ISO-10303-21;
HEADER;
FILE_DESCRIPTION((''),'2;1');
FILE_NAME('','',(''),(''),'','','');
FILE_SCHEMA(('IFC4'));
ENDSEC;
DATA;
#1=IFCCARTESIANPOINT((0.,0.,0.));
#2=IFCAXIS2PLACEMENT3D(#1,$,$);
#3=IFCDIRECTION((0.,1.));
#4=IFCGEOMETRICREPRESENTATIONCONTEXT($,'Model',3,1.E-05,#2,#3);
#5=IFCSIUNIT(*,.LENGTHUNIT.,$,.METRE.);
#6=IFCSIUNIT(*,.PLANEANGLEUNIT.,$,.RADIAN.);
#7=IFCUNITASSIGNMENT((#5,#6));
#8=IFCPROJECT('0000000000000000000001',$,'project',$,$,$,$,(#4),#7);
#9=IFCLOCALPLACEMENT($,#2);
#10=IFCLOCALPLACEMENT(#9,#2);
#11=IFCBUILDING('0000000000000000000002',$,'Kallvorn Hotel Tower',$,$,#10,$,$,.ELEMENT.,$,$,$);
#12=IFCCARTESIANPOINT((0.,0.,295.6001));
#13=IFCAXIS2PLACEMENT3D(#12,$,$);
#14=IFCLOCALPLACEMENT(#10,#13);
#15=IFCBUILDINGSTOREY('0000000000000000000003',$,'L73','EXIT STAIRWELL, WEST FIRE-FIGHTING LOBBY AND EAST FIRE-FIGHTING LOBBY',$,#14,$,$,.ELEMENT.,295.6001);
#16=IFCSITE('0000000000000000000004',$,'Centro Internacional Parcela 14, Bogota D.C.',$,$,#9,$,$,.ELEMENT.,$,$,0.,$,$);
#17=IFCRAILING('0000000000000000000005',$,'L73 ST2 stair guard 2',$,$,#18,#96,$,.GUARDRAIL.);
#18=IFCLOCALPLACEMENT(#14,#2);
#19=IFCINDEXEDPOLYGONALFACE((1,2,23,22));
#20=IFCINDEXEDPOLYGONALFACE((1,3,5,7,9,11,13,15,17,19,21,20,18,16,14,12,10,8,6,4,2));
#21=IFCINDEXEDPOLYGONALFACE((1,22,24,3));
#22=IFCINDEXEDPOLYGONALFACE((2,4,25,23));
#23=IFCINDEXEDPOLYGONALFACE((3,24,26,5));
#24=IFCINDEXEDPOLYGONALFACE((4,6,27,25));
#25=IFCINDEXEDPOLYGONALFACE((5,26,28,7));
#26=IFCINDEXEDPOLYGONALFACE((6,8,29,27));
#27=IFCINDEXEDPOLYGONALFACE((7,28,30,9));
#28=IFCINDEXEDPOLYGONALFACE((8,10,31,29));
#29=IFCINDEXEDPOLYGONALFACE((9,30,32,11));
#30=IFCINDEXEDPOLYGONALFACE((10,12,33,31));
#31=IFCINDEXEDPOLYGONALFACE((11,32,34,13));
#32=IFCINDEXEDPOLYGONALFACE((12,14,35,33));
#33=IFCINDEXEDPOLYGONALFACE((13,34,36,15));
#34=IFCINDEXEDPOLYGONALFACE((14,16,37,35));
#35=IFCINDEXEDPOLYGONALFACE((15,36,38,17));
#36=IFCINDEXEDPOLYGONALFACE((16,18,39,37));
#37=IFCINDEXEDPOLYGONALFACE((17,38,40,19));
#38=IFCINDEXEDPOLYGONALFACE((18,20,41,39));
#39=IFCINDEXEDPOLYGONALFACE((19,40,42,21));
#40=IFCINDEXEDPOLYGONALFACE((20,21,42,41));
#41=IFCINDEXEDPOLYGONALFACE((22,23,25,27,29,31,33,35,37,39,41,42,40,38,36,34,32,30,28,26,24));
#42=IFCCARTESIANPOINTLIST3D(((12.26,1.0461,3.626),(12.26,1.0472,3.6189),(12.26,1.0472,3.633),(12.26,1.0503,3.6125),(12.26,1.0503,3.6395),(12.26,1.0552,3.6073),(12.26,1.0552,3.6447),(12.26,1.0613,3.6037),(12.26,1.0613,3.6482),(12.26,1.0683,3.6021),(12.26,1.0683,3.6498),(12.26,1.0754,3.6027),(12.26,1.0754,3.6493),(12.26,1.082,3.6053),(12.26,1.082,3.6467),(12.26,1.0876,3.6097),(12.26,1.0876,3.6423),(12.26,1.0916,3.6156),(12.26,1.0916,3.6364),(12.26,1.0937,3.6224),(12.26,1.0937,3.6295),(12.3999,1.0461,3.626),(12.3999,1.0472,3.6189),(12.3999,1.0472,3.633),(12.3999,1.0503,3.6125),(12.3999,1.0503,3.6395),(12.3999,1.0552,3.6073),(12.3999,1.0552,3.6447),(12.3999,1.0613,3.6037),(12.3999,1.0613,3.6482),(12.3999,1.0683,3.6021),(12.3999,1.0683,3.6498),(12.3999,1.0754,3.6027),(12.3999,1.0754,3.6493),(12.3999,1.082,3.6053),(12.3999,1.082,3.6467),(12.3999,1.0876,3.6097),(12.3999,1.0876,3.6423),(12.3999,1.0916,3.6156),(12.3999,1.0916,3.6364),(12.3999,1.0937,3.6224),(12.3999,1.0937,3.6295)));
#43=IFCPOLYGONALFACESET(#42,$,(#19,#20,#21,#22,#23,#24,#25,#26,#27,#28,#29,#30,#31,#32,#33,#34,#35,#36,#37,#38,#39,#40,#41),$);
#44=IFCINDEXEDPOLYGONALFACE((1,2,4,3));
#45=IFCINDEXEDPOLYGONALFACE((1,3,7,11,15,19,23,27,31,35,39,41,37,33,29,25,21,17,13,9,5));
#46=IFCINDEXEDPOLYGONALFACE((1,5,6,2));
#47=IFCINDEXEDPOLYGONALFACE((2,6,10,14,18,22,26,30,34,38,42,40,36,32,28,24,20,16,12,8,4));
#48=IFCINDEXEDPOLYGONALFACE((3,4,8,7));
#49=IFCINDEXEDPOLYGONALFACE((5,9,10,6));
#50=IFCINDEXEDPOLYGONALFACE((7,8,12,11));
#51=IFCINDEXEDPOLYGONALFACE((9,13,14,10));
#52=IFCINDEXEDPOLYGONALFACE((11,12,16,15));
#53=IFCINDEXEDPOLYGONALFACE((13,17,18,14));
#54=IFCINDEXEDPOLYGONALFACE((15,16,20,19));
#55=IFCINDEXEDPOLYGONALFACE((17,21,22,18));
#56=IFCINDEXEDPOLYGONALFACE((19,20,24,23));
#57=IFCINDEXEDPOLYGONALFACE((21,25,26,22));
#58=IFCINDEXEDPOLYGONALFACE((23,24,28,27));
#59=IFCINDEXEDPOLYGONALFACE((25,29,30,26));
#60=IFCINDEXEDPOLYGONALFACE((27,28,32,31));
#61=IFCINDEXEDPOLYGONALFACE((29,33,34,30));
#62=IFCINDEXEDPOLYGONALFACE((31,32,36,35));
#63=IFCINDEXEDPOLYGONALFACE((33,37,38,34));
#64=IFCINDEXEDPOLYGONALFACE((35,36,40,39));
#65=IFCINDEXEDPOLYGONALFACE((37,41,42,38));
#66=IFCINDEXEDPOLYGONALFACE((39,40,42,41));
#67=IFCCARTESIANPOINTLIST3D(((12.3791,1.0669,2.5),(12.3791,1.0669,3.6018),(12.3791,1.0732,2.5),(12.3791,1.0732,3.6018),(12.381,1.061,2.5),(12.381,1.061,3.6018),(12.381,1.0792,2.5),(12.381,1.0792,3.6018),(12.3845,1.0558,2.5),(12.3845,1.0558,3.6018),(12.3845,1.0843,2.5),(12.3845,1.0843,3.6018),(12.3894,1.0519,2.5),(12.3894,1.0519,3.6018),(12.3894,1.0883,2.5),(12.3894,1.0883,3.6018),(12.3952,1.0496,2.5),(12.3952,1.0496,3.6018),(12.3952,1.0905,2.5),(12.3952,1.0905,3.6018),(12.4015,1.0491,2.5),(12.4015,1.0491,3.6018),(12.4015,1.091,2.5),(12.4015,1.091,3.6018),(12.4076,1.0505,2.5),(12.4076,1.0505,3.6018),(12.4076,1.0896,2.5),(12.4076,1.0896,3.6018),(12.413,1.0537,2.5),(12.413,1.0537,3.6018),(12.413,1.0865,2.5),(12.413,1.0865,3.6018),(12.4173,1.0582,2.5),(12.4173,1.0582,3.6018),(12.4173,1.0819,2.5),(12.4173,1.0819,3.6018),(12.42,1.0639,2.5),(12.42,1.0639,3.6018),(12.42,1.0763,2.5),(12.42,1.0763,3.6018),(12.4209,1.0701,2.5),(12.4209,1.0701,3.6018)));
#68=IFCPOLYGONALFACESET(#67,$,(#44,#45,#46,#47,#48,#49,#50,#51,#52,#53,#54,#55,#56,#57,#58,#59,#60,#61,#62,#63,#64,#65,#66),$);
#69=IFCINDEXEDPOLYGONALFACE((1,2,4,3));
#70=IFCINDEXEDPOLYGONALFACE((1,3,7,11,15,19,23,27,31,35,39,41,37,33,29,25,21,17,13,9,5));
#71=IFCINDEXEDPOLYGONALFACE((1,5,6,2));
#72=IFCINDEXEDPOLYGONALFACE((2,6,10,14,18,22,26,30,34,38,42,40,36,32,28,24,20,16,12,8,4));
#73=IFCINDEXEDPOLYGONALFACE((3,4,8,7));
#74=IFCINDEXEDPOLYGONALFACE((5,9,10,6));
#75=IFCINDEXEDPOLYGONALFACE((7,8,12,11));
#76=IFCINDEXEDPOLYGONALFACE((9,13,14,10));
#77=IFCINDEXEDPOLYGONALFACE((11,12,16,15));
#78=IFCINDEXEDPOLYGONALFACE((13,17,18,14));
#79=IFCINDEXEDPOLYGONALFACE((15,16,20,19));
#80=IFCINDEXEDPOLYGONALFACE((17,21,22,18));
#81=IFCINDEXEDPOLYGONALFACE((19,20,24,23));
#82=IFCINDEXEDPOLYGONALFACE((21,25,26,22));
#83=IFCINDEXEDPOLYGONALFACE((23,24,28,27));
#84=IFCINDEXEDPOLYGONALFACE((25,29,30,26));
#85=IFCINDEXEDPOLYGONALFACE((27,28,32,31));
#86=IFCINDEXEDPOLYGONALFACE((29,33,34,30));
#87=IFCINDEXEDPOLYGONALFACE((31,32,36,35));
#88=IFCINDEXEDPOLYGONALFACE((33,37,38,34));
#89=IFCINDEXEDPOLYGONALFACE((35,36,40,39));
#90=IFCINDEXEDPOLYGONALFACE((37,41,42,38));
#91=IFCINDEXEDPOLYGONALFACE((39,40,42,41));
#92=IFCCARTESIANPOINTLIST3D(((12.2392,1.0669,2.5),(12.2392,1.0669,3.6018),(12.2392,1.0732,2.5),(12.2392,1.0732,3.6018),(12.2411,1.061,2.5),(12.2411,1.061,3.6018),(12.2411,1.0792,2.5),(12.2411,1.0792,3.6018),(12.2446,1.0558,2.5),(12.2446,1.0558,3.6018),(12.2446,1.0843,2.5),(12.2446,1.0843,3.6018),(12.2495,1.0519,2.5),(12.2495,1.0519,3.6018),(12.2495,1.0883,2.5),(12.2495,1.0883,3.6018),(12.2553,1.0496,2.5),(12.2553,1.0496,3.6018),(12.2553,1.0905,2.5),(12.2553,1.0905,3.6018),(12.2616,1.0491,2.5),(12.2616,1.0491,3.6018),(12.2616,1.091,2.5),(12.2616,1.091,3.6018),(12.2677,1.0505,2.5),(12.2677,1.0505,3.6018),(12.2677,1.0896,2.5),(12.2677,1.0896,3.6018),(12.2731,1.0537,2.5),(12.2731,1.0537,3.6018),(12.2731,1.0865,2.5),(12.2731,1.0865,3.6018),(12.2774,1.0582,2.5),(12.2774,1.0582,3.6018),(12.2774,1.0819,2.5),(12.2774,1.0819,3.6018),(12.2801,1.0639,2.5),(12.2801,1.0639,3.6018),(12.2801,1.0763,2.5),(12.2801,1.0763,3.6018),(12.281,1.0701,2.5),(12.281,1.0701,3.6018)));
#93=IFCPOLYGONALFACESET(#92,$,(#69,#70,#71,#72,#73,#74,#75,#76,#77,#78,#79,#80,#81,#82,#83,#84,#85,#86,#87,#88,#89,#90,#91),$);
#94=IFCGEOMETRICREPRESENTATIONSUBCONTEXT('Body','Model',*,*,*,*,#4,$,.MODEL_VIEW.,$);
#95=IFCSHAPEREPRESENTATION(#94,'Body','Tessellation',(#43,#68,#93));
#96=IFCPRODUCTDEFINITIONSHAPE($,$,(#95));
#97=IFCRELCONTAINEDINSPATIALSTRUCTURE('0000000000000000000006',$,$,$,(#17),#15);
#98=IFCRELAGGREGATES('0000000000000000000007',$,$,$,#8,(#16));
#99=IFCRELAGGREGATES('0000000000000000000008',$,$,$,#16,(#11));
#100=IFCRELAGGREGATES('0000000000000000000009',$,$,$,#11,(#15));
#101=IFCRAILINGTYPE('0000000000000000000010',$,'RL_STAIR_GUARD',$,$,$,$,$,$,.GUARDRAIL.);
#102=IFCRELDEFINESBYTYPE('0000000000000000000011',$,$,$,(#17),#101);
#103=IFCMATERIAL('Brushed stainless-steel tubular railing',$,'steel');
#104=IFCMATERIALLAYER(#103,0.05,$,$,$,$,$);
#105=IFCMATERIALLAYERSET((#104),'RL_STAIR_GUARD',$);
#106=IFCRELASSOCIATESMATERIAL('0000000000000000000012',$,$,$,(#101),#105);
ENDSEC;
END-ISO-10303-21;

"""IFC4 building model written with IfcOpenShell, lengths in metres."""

from ifc_helpers import new_model, si_unit, direction, frame, origin, origin_2d, place, context, subcontext, project, spatial, circle, extrude, material, layer, layer_set, type_object, element, save


model = new_model("IFC4")

# Units and contexts
model_context = context("Model", 3, precision=1e-05, world=origin(), true_north=direction((0.0, 1.0)))
body_context = subcontext(model_context, "Body", "Model", "MODEL_VIEW")
ifc_project = project(units=[si_unit("LENGTHUNIT", "METRE"), si_unit("PLANEANGLEUNIT", "RADIAN")], contexts=[model_context])

# Site, building, storey
site_placement = place(None, origin())
site = spatial("IfcSite", under=ifc_project, at=site_placement, Name="Centro Internacional Parcela 14, Bogota D.C.", CompositionType="ELEMENT", RefElevation=0.0)
building_placement = place(site_placement, origin())
building = spatial("IfcBuilding", under=site, at=building_placement, Name="Kallvorn Hotel Tower", CompositionType="ELEMENT")
storey_placement = place(building_placement, frame((0.0, 0.0, 295.6001)))
storey = spatial("IfcBuildingStorey", under=building, at=storey_placement, Name="L73", Description="EXIT STAIRWELL, WEST FIRE-FIGHTING LOBBY AND EAST FIRE-FIGHTING LOBBY", CompositionType="ELEMENT", Elevation=295.6001)

# Railing
ifc_material_1 = material(Name="Brushed stainless-steel tubular railing", Category="steel")
ifc_layer_1 = layer(ifc_material_1, 0.05)
ifc_layer_set_1 = layer_set([ifc_layer_1], Name="RL_STAIR_GUARD")
railing_type_1 = type_object("IfcRailingType", Name="RL_STAIR_GUARD", PredefinedType="GUARDRAIL", material=ifc_layer_set_1)
railing_1_placement = place(storey_placement, frame((12.3999, 1.0701, 2.5)))
element("IfcRailing", 1, at=railing_1_placement, inside=storey, type_object=railing_type_1, Name="L73 ST2 stair guard 2", PredefinedType="GUARDRAIL", context=body_context, shape_type="SweptSolid", body=[
    extrude(circle(Radius=0.0239, at=origin_2d()), frame((0.0, 0.0, 1.126), z_axis=(-1.0, 0.0, 0.0), x_axis=(0.0, -1.0, 0.0)), (0.0, 0.0, 1.0), 0.1399),
    extrude(circle(Radius=0.021, at=origin_2d()), origin(), (0.0, 0.0, 1.0), 1.1018),
    extrude(circle(Radius=0.021, at=origin_2d()), frame((-0.1399, 0.0, 0.0)), (0.0, 0.0, 1.0), 1.1018),
])

save(model, "model.ifc")
